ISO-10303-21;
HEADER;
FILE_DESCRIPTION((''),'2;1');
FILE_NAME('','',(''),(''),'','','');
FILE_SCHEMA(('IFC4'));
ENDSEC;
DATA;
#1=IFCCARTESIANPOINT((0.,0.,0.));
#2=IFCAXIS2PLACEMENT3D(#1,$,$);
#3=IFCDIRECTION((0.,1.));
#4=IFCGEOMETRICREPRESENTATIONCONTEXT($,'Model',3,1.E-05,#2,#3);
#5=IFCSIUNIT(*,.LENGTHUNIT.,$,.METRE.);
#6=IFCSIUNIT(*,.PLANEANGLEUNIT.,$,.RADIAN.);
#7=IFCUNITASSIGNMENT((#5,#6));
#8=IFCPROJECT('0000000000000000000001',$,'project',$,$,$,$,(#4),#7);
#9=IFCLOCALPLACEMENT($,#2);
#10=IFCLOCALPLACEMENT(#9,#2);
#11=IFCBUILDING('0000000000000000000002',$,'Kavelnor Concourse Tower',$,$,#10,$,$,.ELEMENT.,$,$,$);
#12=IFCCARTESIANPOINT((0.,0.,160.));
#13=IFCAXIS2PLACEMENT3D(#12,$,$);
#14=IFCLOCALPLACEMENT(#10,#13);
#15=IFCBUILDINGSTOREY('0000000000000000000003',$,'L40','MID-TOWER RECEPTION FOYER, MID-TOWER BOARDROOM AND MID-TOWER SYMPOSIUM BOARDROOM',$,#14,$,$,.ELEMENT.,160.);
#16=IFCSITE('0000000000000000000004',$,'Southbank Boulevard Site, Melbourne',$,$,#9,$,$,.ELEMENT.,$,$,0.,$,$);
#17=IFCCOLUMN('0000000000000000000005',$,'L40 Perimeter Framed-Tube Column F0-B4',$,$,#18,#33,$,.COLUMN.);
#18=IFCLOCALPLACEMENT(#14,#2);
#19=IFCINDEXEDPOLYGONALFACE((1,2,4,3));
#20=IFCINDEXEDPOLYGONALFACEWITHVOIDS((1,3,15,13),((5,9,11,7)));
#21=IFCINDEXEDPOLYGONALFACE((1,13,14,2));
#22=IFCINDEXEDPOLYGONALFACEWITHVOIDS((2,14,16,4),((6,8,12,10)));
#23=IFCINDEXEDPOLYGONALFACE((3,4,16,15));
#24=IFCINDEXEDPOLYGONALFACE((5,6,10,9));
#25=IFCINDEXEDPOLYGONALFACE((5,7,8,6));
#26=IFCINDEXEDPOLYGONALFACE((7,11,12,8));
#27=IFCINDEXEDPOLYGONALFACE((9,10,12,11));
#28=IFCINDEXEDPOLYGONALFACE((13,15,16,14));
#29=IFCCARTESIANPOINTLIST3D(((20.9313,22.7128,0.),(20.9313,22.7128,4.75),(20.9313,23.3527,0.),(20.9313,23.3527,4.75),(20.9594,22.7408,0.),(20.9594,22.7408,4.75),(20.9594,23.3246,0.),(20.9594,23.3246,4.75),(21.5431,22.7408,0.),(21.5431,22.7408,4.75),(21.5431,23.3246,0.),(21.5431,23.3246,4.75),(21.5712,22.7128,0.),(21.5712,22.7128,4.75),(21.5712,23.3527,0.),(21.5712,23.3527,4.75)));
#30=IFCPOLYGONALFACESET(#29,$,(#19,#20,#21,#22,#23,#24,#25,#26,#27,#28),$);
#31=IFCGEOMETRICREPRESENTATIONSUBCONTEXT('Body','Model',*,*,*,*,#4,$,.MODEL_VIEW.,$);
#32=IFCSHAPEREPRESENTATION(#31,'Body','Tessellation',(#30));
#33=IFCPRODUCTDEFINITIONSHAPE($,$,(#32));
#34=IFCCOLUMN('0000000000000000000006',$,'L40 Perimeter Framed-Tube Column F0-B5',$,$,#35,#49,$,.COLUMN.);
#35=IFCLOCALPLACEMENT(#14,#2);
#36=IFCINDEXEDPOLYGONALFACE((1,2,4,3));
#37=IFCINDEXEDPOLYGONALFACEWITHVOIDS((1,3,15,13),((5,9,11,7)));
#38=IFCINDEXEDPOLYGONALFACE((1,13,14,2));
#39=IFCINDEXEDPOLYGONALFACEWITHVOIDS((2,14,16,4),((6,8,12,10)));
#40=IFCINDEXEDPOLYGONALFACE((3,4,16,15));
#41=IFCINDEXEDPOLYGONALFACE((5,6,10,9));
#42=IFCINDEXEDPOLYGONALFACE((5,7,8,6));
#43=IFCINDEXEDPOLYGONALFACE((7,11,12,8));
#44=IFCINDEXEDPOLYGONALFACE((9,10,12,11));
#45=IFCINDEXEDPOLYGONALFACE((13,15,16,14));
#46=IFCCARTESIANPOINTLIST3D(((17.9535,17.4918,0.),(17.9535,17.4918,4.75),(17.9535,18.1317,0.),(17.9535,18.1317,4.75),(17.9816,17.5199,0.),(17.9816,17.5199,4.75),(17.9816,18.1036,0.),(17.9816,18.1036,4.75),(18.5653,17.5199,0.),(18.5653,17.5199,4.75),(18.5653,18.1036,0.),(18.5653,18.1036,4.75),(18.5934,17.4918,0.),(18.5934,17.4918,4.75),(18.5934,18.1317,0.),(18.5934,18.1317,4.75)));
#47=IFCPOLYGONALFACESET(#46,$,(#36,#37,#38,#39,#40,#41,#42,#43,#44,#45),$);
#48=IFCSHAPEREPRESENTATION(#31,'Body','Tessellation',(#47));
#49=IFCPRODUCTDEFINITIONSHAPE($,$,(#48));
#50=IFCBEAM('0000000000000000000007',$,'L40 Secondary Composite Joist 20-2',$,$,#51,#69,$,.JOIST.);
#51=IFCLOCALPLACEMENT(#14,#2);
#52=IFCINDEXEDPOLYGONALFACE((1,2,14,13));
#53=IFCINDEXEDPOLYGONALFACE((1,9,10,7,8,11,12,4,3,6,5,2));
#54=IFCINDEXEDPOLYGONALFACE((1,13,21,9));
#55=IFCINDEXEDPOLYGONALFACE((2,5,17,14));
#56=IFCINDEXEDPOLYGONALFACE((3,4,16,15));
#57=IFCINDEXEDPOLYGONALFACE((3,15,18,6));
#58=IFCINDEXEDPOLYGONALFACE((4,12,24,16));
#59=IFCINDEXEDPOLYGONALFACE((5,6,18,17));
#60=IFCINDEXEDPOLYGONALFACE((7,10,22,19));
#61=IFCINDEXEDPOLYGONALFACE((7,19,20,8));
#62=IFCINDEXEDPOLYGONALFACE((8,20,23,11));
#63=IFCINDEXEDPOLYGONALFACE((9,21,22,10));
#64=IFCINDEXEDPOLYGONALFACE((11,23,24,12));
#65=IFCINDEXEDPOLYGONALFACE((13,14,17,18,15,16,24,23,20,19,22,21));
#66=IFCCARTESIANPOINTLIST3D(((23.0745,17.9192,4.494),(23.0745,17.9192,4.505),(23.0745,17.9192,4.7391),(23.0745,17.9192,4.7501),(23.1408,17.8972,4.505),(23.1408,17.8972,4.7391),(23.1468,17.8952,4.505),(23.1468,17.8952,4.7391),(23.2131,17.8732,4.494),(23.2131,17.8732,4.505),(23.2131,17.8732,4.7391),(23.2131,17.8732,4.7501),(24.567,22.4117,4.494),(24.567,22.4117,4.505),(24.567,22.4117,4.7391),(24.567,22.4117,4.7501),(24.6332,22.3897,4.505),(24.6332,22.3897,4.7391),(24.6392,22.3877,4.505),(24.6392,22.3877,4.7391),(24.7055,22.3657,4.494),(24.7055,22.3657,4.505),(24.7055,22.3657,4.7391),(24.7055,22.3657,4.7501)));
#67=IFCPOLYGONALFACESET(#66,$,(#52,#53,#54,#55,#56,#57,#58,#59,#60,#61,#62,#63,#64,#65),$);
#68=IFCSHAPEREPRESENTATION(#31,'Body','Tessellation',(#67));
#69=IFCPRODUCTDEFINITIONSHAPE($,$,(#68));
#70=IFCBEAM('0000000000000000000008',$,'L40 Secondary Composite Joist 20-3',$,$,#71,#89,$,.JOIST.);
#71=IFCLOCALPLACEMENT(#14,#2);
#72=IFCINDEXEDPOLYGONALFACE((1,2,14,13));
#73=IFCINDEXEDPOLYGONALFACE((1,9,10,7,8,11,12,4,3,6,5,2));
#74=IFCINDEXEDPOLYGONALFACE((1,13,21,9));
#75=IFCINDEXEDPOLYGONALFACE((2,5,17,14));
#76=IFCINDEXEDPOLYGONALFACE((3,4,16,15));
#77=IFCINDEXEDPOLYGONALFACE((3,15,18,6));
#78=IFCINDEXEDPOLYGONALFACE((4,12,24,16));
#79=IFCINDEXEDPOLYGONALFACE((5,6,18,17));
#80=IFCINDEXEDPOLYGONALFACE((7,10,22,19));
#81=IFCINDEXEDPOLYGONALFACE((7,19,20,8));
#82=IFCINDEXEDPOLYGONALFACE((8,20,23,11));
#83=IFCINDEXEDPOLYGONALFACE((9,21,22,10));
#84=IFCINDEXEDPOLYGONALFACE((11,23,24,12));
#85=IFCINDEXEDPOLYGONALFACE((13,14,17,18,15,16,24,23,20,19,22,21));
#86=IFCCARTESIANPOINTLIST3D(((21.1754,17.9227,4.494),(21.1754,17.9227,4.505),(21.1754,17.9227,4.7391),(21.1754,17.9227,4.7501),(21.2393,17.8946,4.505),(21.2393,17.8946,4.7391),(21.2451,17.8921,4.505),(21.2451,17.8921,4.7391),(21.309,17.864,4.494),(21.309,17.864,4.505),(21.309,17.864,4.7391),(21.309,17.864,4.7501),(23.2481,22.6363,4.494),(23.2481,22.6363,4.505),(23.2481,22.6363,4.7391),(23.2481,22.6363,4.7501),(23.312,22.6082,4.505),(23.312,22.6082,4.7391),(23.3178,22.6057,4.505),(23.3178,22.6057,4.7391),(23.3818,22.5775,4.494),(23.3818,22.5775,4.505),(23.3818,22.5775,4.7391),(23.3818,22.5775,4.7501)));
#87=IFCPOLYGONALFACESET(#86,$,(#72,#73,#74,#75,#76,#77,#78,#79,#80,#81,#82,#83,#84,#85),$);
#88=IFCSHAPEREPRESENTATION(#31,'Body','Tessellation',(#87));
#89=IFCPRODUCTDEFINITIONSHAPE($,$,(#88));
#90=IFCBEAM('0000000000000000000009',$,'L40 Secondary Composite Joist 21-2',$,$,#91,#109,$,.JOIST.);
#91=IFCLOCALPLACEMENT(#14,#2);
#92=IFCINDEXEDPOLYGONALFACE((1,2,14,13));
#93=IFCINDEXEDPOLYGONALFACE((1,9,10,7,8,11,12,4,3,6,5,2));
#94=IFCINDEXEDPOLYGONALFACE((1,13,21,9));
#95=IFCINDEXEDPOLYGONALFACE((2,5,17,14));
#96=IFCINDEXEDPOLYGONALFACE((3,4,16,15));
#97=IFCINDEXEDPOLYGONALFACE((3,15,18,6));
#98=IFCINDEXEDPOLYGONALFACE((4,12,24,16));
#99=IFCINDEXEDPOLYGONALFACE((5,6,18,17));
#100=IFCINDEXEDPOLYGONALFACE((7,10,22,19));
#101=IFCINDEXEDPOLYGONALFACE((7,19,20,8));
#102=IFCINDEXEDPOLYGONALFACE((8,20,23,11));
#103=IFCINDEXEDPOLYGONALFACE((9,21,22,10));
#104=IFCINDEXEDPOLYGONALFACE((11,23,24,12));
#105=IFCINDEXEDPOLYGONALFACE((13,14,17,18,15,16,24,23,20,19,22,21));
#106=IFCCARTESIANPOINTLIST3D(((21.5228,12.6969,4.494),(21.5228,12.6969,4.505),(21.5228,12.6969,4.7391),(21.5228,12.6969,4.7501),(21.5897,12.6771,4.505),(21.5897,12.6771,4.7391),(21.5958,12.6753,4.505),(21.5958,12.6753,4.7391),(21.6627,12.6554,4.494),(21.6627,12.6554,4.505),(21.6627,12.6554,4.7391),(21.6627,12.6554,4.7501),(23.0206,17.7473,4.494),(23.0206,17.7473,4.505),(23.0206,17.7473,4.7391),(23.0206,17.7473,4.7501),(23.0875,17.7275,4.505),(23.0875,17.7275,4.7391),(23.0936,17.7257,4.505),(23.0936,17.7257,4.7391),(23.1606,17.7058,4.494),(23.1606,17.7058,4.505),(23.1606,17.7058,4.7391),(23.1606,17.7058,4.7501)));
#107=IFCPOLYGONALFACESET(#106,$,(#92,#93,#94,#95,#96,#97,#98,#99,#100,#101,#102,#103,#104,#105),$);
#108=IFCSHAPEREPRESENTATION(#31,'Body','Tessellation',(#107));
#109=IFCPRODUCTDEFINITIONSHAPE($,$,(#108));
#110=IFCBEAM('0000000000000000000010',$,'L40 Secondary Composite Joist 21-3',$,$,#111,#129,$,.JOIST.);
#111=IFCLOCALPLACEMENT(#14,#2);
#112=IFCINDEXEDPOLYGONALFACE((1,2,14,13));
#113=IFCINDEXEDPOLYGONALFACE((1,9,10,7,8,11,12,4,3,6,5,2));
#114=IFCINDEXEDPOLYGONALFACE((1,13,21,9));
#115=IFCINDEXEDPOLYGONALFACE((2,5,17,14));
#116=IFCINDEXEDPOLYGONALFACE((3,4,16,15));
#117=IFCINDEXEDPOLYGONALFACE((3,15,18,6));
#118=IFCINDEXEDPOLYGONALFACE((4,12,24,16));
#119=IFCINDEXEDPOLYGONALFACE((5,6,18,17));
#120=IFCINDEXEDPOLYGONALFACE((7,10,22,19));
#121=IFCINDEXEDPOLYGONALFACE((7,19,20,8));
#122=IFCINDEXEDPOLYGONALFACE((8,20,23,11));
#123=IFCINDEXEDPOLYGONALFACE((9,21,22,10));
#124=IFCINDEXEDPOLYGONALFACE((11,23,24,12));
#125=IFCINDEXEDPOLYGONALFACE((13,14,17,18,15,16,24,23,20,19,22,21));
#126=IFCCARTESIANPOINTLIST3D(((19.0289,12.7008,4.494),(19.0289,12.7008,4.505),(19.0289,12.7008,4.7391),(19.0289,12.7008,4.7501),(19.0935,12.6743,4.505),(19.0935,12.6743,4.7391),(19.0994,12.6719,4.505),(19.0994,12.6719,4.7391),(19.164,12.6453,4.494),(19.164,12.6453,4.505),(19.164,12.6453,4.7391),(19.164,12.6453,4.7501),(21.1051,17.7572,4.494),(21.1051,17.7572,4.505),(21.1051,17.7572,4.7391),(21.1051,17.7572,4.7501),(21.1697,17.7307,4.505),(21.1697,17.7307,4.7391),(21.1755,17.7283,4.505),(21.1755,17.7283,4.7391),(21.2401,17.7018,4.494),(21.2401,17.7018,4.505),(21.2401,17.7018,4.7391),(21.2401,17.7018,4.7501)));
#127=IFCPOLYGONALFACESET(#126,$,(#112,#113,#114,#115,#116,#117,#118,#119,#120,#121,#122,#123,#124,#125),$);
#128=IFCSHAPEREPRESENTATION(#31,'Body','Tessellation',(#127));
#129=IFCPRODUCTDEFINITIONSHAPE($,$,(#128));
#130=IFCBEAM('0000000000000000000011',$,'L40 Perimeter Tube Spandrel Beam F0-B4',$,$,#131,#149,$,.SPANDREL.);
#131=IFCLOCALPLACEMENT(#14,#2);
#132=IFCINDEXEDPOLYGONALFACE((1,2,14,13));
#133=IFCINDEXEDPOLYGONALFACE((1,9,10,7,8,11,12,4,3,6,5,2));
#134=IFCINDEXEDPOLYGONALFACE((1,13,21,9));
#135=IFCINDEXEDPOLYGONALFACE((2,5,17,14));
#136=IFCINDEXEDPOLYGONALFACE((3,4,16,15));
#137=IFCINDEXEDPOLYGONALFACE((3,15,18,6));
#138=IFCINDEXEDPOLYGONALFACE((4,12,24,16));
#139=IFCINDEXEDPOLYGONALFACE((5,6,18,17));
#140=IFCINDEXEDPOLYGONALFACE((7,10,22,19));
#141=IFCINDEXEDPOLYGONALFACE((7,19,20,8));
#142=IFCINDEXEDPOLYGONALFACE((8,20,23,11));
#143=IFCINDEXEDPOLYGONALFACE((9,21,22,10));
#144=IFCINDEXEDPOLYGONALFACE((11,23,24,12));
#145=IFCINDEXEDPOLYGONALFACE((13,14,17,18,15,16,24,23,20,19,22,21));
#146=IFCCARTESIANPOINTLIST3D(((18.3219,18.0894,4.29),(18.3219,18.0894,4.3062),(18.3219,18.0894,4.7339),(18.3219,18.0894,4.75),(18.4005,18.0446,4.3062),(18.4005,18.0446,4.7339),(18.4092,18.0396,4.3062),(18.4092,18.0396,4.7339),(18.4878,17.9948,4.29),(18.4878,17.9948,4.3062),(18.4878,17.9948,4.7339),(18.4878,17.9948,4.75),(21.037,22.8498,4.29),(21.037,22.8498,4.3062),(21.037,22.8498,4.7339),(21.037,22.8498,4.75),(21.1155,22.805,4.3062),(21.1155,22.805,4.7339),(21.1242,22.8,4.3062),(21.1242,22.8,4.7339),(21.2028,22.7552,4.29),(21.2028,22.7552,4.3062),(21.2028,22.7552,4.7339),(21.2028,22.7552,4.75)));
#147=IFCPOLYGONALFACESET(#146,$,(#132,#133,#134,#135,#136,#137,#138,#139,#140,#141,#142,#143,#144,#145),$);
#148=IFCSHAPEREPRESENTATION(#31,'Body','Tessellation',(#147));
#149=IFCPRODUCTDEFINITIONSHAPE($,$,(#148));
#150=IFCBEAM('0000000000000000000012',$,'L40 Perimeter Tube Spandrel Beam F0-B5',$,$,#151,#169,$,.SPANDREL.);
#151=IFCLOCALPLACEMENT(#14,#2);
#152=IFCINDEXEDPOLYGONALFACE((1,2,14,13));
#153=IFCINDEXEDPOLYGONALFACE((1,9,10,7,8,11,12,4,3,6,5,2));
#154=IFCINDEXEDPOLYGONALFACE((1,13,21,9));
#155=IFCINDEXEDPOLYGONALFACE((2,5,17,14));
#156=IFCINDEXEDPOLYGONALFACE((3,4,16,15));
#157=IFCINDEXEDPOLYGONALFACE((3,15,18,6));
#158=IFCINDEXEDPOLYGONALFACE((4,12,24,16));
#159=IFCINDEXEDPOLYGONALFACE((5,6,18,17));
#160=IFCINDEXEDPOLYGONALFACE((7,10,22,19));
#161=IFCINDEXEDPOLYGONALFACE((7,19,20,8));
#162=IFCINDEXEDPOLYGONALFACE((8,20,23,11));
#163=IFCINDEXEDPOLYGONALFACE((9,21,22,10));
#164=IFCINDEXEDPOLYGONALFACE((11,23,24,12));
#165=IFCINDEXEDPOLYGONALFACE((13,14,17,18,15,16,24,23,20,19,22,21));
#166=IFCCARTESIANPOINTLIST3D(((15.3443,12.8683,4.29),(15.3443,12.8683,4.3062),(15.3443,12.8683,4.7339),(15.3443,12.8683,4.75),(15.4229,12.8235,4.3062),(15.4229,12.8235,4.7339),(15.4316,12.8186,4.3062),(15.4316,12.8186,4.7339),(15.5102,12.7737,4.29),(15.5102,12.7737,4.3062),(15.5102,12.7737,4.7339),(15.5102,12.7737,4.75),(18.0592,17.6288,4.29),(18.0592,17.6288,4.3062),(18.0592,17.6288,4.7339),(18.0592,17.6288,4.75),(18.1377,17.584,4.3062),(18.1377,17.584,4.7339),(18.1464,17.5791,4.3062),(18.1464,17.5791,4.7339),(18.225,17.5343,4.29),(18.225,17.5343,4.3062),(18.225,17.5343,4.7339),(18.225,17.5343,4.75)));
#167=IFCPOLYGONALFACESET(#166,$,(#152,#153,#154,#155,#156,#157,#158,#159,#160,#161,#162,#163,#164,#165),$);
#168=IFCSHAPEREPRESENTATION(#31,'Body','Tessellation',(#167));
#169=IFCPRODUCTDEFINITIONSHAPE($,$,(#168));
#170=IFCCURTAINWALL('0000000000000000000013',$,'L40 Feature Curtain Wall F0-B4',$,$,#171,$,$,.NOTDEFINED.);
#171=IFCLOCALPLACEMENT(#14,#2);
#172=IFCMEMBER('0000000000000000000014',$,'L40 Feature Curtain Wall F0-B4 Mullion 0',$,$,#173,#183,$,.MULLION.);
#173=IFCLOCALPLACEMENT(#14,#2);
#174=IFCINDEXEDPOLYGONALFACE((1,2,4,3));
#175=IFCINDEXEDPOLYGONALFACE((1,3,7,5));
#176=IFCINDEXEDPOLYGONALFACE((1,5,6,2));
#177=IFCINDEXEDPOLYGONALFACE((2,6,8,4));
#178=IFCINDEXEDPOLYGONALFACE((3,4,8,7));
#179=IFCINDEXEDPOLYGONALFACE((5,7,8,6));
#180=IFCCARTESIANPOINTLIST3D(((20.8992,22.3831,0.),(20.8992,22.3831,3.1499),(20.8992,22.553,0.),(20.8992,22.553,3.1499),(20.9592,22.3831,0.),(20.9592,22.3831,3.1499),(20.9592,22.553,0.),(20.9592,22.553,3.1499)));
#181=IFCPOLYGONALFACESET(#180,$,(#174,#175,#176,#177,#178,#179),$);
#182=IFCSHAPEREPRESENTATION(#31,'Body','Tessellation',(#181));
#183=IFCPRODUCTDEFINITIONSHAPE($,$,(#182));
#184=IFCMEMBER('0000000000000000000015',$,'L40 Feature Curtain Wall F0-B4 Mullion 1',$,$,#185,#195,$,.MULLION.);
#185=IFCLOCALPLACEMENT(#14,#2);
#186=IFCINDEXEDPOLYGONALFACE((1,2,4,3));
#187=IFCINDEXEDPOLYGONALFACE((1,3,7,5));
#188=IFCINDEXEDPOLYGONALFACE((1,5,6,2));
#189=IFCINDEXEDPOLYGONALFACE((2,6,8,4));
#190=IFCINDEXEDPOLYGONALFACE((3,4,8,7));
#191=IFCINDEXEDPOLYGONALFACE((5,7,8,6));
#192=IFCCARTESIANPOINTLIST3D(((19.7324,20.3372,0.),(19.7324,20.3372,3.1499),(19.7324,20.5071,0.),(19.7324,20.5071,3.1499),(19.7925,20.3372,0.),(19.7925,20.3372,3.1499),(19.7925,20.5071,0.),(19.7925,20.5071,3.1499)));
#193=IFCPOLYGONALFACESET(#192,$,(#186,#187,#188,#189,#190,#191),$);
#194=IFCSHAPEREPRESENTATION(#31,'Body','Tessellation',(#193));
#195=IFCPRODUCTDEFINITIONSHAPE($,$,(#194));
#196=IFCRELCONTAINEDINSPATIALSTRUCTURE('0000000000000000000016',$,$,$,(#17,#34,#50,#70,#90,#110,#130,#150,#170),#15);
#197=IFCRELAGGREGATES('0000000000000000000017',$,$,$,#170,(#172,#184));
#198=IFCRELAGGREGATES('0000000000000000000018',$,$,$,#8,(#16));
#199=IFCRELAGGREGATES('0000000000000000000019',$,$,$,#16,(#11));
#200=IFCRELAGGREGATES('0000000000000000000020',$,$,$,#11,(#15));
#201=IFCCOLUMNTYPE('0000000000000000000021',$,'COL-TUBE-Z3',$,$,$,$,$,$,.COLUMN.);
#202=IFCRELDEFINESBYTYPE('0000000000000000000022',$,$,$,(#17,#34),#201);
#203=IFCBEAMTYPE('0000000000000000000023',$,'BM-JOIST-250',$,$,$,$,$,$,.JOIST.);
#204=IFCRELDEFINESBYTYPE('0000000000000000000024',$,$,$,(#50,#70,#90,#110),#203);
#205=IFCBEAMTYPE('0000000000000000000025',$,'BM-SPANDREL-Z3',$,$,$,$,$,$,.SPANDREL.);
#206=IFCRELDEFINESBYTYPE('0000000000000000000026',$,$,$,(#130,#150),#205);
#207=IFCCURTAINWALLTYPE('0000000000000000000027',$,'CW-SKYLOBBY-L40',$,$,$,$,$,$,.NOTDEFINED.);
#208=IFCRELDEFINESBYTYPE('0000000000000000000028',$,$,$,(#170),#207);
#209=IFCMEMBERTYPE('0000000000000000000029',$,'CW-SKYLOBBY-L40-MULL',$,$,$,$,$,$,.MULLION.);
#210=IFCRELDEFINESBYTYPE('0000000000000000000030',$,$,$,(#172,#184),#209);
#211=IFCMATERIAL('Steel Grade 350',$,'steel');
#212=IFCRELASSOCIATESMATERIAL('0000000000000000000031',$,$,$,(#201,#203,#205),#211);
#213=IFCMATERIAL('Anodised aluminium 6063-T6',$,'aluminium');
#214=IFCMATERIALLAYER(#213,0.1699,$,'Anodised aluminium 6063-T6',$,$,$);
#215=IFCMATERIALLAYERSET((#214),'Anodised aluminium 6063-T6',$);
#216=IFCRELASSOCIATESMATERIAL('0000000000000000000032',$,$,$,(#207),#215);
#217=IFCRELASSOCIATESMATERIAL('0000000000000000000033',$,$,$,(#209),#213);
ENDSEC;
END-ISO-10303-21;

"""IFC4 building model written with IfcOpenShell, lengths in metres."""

from ifc_helpers import new_model, si_unit, direction, frame, origin, origin_2d, place, context, subcontext, project, spatial, rectangle, hollow_rectangle, i_section, extrude, material, layer, layer_set, material_profile, profile_set, type_object, element, aggregate, save


model = new_model("IFC4")

# Units and contexts
model_context = context("Model", 3, precision=1e-05, world=origin(), true_north=direction((0.0, 1.0)))
body_context = subcontext(model_context, "Body", "Model", "MODEL_VIEW")
ifc_project = project(units=[si_unit("LENGTHUNIT", "METRE"), si_unit("PLANEANGLEUNIT", "RADIAN")], contexts=[model_context])

# Site, building, storey
site_placement = place(None, origin())
site = spatial("IfcSite", under=ifc_project, at=site_placement, Name="Southbank Boulevard Site, Melbourne", CompositionType="ELEMENT", RefElevation=0.0)
building_placement = place(site_placement, origin())
building = spatial("IfcBuilding", under=site, at=building_placement, Name="Kavelnor Concourse Tower", CompositionType="ELEMENT")
storey_placement = place(building_placement, frame((0.0, 0.0, 160.0)))
storey = spatial("IfcBuildingStorey", under=building, at=storey_placement, Name="L40", Description="MID-TOWER RECEPTION FOYER, MID-TOWER BOARDROOM AND MID-TOWER SYMPOSIUM BOARDROOM", CompositionType="ELEMENT", Elevation=160.0)

# Columns
ifc_material_1 = material(Name="Steel Grade 350", Category="steel")
ifc_material_profile_1 = material_profile(ifc_material_1, hollow_rectangle(XDim=0.6399, YDim=0.6399, WallThickness=0.0281, at=origin_2d()), Name="SHS 640x640x28")
ifc_profile_set_1 = profile_set([ifc_material_profile_1], Name="Steel Grade 350")
column_type = type_object("IfcColumnType", Name="COL-TUBE-Z3", PredefinedType="COLUMN", material=ifc_profile_set_1)
for number, where, z_axis, x_axis, name in (
    (1, (21.2512, 23.0327, 0.0), (0.0, 0.0, 1.0), (1.0, 0.0, 0.0), "L40 Perimeter Framed-Tube Column F0-B4"),
    (2, (18.2734, 17.8118, 0.0), (0.0, 0.0, 1.0), (1.0, 0.0, 0.0), "L40 Perimeter Framed-Tube Column F0-B5"),
):
    element("IfcColumn", number, at=place(storey_placement, frame(where, z_axis=z_axis, x_axis=x_axis)), inside=storey, type_object=column_type, Name=name, PredefinedType="COLUMN", context=body_context, shape_type="SweptSolid", body=[
        extrude(hollow_rectangle(XDim=0.6399, YDim=0.6399, WallThickness=0.0281, at=origin_2d()), origin(), (0.0, 0.0, 1.0), 4.75),
    ])

# Beams
ifc_material_profile_2 = material_profile(ifc_material_1, i_section(OverallWidth=0.146, OverallDepth=0.2561, WebThickness=0.0063, FlangeThickness=0.011, at=origin_2d()), Name="250UB37")
ifc_profile_set_2 = profile_set([ifc_material_profile_2], Name="Steel Grade 350")
beam_type_1 = type_object("IfcBeamType", Name="BM-JOIST-250", PredefinedType="JOIST", material=ifc_profile_set_2)
beam_1_placement = place(storey_placement, frame((24.6362, 22.3887, 4.6221), z_axis=(-0.315268, -0.949003, 0.0), x_axis=(0.949003, -0.315268, 0.0)))
element("IfcBeam", 3, at=beam_1_placement, inside=storey, type_object=beam_type_1, Name="L40 Secondary Composite Joist 20-2", PredefinedType="JOIST", context=body_context, shape_type="SweptSolid", body=[
    extrude(i_section(OverallWidth=0.146, OverallDepth=0.2561, WebThickness=0.0063, FlangeThickness=0.011, at=origin_2d()), origin(), (0.0, 0.0, 1.0), 4.7339),
])
beam_2_placement = place(storey_placement, frame((23.3149, 22.6069, 4.6221), z_axis=(-0.402537, -0.915404, 0.0), x_axis=(0.915404, -0.402537, 0.0)))
element("IfcBeam", 4, at=beam_2_placement, inside=storey, type_object=beam_type_1, Name="L40 Secondary Composite Joist 20-3", PredefinedType="JOIST", context=body_context, shape_type="SweptSolid", body=[
    extrude(i_section(OverallWidth=0.146, OverallDepth=0.2561, WebThickness=0.0063, FlangeThickness=0.011, at=origin_2d()), origin(), (0.0, 0.0, 1.0), 5.1492),
])
beam_3_placement = place(storey_placement, frame((23.0906, 17.7266, 4.6221), z_axis=(-0.284336, -0.958725, 0.0), x_axis=(0.958725, -0.284336, 0.0)))
element("IfcBeam", 5, at=beam_3_placement, inside=storey, type_object=beam_type_1, Name="L40 Secondary Composite Joist 21-2", PredefinedType="JOIST", context=body_context, shape_type="SweptSolid", body=[
    extrude(i_section(OverallWidth=0.146, OverallDepth=0.2561, WebThickness=0.0063, FlangeThickness=0.011, at=origin_2d()), origin(), (0.0, 0.0, 1.0), 5.2678),
])
beam_4_placement = place(storey_placement, frame((21.1726, 17.7295, 4.6221), z_axis=(-0.379831, -0.925056, 0.0), x_axis=(0.925056, -0.379831, 0.0)))
element("IfcBeam", 6, at=beam_4_placement, inside=storey, type_object=beam_type_1, Name="L40 Secondary Composite Joist 21-3", PredefinedType="JOIST", context=body_context, shape_type="SweptSolid", body=[
    extrude(i_section(OverallWidth=0.146, OverallDepth=0.2561, WebThickness=0.0063, FlangeThickness=0.011, at=origin_2d()), origin(), (0.0, 0.0, 1.0), 5.4661),
])
ifc_material_profile_3 = material_profile(ifc_material_1, i_section(OverallWidth=0.1909, OverallDepth=0.46, WebThickness=0.01, FlangeThickness=0.0161, at=origin_2d()), Name="460UB82")
ifc_profile_set_3 = profile_set([ifc_material_profile_3], Name="Steel Grade 350")
beam_type_2 = type_object("IfcBeamType", Name="BM-SPANDREL-Z3", PredefinedType="SPANDREL", material=ifc_profile_set_3)
for number, where, z_axis, x_axis, name in (
    (7, (21.1199, 22.8025, 4.52), (-0.495424, -0.868651, 0.0), (0.868651, -0.495424, 0.0), "L40 Perimeter Tube Spandrel Beam F0-B4"),
    (8, (18.1421, 17.5815, 4.52), (-0.49539, -0.86867, 0.0), (0.86867, -0.49539, 0.0), "L40 Perimeter Tube Spandrel Beam F0-B5"),
):
    element("IfcBeam", number, at=place(storey_placement, frame(where, z_axis=z_axis, x_axis=x_axis)), inside=storey, type_object=beam_type_2, Name=name, PredefinedType="SPANDREL", context=body_context, shape_type="SweptSolid", body=[
        extrude(i_section(OverallWidth=0.1909, OverallDepth=0.46, WebThickness=0.01, FlangeThickness=0.0161, at=origin_2d()), origin(), (0.0, 0.0, 1.0), 5.4802),
    ])

# Curtain wall, members
ifc_material_2 = material(Name="Anodised aluminium 6063-T6", Category="aluminium")
ifc_layer_1 = layer(ifc_material_2, 0.1699, Name="Anodised aluminium 6063-T6")
ifc_layer_set_1 = layer_set([ifc_layer_1], Name="Anodised aluminium 6063-T6")
curtain_wall_type = type_object("IfcCurtainWallType", Name="CW-SKYLOBBY-L40", PredefinedType="NOTDEFINED", material=ifc_layer_set_1)
curtain_wall_placement = place(storey_placement, origin())
curtain_wall = element("IfcCurtainWall", 9, at=curtain_wall_placement, inside=storey, type_object=curtain_wall_type, Name="L40 Feature Curtain Wall F0-B4", PredefinedType="NOTDEFINED")
ifc_material_profile_4 = material_profile(ifc_material_2, rectangle(XDim=0.0601, YDim=0.1699, at=origin_2d()), Name="AL-MULL 60x170")
ifc_profile_set_4 = profile_set([ifc_material_profile_4], Name="Anodised aluminium 6063-T6")
member_type_1 = type_object("IfcMemberType", Name="CW-SKYLOBBY-L40-MULL", PredefinedType="MULLION", material=ifc_profile_set_4)
member_1_placement = place(storey_placement, frame((20.9292, 22.468, 0.0), z_axis=(0.0, 0.0, 1.0), x_axis=(1.0, 0.0, 0.0)))
member_1 = element("IfcMember", 10, at=member_1_placement, type_object=member_type_1, Name="L40 Feature Curtain Wall F0-B4 Mullion 0", PredefinedType="MULLION", context=body_context, shape_type="SweptSolid", body=[
    extrude(rectangle(XDim=0.0601, YDim=0.1699, at=origin_2d()), origin(), (0.0, 0.0, 1.0), 3.1499),
])
member_2_placement = place(storey_placement, frame((19.7625, 20.4221, 0.0), z_axis=(0.0, 0.0, 1.0), x_axis=(1.0, 0.0, 0.0)))
member_2 = element("IfcMember", 11, at=member_2_placement, type_object=member_type_1, Name="L40 Feature Curtain Wall F0-B4 Mullion 1", PredefinedType="MULLION", context=body_context, shape_type="SweptSolid", body=[
    extrude(rectangle(XDim=0.0601, YDim=0.1699, at=origin_2d()), origin(), (0.0, 0.0, 1.0), 3.1499),
])
aggregate(curtain_wall, [member_1, member_2])

save(model, "model.ifc")
